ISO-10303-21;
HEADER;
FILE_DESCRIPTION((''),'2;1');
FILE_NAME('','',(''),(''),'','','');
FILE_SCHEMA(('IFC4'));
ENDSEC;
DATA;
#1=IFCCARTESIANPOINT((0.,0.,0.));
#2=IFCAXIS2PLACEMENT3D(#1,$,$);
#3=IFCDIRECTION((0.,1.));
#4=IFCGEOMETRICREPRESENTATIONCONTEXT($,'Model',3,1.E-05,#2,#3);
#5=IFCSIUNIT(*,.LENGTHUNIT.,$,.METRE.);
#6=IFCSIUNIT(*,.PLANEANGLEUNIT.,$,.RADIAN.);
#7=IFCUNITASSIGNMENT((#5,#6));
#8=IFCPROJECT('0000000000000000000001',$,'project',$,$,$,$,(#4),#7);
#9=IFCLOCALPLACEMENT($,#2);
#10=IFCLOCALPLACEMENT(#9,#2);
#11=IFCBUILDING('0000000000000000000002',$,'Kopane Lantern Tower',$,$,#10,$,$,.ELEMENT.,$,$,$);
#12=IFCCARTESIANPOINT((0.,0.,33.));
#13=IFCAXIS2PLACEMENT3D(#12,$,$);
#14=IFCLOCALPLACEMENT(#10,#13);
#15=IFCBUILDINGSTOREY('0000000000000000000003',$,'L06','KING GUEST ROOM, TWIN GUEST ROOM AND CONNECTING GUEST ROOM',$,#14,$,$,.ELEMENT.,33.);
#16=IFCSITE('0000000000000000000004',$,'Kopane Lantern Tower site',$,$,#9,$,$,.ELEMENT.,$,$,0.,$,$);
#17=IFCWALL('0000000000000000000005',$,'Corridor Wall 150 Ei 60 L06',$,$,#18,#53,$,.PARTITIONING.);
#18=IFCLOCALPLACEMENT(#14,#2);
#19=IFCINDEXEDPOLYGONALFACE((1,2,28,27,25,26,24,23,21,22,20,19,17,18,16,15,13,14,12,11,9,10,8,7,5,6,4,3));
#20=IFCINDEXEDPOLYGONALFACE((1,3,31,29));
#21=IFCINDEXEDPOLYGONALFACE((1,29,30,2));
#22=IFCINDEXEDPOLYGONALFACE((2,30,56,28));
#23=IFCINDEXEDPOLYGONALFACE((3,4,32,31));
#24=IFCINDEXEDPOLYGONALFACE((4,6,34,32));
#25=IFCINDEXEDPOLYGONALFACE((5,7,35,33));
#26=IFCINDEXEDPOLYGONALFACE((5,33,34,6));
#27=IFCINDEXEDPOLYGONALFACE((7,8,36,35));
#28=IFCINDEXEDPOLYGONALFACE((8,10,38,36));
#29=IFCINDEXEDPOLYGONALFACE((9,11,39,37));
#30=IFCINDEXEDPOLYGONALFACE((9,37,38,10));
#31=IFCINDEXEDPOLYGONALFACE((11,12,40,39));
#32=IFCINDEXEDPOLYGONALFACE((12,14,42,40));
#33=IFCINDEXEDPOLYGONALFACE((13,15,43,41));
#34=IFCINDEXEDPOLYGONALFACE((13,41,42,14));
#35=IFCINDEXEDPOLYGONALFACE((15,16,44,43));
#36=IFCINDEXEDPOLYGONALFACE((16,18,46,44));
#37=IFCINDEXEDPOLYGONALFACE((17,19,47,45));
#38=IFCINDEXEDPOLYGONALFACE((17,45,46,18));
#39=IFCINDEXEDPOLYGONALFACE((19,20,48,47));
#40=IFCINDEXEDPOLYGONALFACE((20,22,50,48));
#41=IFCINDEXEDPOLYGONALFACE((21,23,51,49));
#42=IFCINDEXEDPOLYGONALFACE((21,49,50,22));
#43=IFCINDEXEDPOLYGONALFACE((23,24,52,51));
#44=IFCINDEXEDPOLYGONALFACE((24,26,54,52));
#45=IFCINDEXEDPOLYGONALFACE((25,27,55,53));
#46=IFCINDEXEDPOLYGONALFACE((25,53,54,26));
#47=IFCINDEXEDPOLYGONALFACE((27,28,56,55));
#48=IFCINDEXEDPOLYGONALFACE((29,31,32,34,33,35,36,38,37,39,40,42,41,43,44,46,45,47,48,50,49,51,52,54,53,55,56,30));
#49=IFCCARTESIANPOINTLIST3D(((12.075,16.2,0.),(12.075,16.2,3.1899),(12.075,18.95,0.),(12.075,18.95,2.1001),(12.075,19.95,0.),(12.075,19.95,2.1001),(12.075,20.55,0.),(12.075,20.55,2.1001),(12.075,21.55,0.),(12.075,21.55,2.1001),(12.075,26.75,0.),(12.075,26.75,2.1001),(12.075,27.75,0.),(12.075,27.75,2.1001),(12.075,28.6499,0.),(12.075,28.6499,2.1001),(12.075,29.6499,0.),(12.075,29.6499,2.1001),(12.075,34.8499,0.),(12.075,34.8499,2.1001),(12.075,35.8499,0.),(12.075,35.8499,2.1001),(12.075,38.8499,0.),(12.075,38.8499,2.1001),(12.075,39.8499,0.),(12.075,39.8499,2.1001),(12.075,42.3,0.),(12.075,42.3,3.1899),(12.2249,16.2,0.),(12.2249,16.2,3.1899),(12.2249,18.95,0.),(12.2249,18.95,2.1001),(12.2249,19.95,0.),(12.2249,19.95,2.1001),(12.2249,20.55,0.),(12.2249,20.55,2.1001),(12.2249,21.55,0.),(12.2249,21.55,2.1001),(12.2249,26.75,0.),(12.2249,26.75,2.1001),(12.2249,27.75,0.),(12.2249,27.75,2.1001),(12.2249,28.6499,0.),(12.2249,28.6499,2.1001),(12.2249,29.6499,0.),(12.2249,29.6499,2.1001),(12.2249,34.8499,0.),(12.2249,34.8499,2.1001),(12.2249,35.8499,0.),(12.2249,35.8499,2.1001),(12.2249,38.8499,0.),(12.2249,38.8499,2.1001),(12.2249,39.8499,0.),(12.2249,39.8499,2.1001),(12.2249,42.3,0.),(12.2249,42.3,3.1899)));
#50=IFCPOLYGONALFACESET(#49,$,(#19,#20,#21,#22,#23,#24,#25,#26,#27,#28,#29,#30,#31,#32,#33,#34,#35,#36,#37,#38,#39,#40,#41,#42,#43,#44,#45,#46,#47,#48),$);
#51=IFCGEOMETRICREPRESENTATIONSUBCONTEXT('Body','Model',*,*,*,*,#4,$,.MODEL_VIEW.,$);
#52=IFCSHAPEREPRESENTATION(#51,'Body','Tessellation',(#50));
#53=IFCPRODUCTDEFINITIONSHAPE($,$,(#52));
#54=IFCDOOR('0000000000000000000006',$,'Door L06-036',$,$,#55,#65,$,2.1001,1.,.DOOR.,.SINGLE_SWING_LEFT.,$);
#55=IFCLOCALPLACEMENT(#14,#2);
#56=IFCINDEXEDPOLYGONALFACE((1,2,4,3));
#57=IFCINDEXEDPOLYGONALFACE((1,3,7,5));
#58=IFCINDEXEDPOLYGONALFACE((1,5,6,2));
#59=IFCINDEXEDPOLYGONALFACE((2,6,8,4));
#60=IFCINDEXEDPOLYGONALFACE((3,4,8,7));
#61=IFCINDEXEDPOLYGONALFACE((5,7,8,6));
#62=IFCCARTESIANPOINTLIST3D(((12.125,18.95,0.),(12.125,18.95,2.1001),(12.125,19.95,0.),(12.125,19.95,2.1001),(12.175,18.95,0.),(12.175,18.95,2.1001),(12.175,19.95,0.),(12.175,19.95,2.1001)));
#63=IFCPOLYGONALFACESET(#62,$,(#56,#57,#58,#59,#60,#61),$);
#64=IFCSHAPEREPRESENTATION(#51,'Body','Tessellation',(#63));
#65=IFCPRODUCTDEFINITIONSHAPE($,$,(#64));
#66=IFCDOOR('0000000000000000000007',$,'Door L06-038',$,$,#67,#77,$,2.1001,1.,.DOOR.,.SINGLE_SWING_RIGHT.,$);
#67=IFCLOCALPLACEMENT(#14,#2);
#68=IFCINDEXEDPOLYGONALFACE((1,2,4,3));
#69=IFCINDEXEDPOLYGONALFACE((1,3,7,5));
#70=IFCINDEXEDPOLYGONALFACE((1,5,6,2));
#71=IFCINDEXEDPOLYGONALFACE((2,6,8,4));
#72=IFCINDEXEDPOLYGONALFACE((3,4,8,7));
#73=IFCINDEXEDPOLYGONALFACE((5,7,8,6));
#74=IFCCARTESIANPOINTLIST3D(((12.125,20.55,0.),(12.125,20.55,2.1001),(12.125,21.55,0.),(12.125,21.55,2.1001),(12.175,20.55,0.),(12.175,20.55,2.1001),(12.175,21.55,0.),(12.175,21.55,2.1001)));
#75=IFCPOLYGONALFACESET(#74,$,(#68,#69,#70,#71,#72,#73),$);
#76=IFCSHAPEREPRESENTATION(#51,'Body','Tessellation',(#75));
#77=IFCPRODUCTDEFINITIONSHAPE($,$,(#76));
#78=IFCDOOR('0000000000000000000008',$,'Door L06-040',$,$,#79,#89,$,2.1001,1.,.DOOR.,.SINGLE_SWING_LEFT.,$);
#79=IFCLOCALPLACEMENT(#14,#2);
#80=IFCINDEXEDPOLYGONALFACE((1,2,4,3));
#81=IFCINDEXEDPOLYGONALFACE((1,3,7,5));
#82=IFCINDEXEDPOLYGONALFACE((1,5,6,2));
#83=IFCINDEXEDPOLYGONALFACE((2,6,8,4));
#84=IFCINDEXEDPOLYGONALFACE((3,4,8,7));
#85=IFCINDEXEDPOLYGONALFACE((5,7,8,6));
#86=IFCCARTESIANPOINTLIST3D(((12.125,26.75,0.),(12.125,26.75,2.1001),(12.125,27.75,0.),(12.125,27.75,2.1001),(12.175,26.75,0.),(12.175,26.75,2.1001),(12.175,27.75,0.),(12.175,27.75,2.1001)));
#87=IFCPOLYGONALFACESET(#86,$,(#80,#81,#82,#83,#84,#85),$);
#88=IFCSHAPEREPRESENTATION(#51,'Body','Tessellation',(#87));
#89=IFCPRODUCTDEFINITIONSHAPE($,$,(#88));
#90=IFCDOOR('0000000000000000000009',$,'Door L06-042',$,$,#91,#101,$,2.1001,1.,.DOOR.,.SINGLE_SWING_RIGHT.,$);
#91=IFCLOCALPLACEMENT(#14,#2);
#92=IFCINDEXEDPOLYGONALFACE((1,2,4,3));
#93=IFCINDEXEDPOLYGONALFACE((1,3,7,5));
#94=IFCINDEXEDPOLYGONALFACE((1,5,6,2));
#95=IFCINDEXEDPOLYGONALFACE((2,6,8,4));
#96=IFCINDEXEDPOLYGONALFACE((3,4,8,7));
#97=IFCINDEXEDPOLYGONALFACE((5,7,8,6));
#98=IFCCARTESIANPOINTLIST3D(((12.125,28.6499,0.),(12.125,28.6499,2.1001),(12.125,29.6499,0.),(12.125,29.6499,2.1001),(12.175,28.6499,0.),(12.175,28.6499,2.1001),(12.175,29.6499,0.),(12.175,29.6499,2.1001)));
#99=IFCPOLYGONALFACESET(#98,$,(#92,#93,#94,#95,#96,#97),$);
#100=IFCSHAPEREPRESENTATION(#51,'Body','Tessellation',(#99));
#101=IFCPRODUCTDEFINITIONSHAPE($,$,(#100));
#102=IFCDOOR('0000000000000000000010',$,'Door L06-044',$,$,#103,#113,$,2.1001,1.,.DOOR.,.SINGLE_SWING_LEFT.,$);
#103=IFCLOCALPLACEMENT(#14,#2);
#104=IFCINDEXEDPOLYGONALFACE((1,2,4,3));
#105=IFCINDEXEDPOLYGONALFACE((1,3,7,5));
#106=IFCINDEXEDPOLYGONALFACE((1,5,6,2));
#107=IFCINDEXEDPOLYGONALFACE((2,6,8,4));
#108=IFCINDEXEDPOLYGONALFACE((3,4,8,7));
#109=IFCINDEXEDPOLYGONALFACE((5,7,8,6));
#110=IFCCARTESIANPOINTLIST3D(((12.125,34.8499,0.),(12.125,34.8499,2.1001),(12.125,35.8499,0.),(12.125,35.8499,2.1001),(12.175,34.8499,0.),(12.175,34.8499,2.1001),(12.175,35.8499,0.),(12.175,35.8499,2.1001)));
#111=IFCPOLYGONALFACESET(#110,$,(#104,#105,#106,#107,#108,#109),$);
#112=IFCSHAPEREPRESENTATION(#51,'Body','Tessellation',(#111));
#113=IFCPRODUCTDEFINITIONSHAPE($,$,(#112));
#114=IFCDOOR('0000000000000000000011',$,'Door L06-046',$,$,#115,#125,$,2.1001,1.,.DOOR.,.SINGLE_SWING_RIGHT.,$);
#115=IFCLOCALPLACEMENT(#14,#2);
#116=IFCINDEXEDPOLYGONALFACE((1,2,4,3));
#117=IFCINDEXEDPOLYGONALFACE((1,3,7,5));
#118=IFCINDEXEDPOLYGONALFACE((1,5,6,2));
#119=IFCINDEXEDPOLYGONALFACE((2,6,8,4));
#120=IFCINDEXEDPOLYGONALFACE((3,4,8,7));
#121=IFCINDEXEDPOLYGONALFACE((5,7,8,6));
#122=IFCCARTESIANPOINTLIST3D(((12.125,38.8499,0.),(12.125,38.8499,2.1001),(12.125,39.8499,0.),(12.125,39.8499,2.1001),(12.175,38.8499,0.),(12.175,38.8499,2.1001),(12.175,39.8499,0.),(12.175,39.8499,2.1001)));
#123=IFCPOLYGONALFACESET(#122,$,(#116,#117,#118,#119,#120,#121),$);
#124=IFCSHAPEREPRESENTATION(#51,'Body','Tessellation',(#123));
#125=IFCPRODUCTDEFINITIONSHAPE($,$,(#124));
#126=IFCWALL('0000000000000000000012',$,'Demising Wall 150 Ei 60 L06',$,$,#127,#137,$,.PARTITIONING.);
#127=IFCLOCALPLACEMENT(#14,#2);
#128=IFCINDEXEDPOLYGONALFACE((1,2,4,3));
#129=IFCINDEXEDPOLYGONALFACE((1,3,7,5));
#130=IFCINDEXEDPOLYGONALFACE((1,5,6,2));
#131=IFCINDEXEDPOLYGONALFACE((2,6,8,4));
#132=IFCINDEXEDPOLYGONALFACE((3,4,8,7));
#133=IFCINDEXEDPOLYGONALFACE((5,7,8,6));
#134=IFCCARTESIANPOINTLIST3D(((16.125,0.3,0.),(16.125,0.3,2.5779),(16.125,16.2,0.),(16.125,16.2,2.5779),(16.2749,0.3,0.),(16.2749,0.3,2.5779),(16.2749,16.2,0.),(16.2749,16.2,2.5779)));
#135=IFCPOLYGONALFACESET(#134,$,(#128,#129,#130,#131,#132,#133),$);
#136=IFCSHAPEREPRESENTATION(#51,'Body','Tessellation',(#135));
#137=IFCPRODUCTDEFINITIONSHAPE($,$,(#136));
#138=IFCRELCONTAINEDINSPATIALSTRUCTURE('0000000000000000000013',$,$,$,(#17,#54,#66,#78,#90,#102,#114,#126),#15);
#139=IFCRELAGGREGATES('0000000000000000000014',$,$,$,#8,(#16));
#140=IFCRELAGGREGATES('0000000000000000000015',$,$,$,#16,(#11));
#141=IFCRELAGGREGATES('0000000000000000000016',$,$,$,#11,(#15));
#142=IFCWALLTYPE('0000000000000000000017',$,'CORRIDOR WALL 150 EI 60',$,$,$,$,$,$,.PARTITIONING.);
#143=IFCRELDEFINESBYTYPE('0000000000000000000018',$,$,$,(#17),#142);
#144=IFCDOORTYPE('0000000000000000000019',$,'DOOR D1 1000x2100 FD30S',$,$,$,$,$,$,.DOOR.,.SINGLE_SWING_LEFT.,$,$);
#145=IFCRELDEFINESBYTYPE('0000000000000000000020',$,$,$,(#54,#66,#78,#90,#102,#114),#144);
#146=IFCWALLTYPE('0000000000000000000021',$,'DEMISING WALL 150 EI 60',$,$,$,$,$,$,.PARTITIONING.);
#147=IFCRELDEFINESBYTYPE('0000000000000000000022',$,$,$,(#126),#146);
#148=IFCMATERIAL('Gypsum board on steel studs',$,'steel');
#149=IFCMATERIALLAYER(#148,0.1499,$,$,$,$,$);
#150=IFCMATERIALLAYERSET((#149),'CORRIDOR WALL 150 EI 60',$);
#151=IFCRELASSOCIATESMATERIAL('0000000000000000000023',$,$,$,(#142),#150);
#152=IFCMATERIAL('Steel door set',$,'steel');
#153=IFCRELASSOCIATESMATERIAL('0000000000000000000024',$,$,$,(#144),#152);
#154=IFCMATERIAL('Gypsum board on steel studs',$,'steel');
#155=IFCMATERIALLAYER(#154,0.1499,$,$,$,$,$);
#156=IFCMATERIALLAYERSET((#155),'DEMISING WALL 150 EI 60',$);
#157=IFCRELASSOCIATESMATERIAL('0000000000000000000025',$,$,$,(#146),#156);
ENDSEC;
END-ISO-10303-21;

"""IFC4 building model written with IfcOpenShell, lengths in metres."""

from ifc_helpers import new_model, si_unit, direction, frame, frame_2d, origin, place, context, subcontext, project, spatial, rectangle, extrude, material, layer, layer_set, type_object, element, fill, save


model = new_model("IFC4")

# Units and contexts
model_context = context("Model", 3, precision=1e-05, world=origin(), true_north=direction((0.0, 1.0)))
body_context = subcontext(model_context, "Body", "Model", "MODEL_VIEW")
ifc_project = project(units=[si_unit("LENGTHUNIT", "METRE"), si_unit("PLANEANGLEUNIT", "RADIAN")], contexts=[model_context])

# Site, building, storey
site_placement = place(None, origin())
site = spatial("IfcSite", under=ifc_project, at=site_placement, Name="Kopane Lantern Tower site", CompositionType="ELEMENT", RefElevation=0.0)
building_placement = place(site_placement, origin())
building = spatial("IfcBuilding", under=site, at=building_placement, Name="Kopane Lantern Tower", CompositionType="ELEMENT")
storey_placement = place(building_placement, frame((0.0, 0.0, 33.0)))
storey = spatial("IfcBuildingStorey", under=building, at=storey_placement, Name="L06", Description="KING GUEST ROOM, TWIN GUEST ROOM AND CONNECTING GUEST ROOM", CompositionType="ELEMENT", Elevation=33.0)

# Wall, openings, doors
ifc_material_1 = material(Name="Gypsum board on steel studs", Category="steel")
ifc_layer_1 = layer(ifc_material_1, 0.1499)
ifc_layer_set_1 = layer_set([ifc_layer_1], Name="CORRIDOR WALL 150 EI 60")
wall_type_1 = type_object("IfcWallType", Name="CORRIDOR WALL 150 EI 60", PredefinedType="PARTITIONING", material=ifc_layer_set_1)
ifc_material_2 = material(Name="Steel door set", Category="steel")
door_type = type_object("IfcDoorType", Name="DOOR D1 1000x2100 FD30S", OperationType="SINGLE_SWING_LEFT", PredefinedType="DOOR", material=ifc_material_2)
wall_1_placement = place(storey_placement, frame((12.1499, 16.2, 0.0), z_axis=(0.0, 0.0, 1.0), x_axis=(0.0, 1.0, 0.0)))
wall_1 = element("IfcWall", 1, at=wall_1_placement, inside=storey, type_object=wall_type_1, Name="Corridor Wall 150 Ei 60 L06", PredefinedType="PARTITIONING", context=body_context, shape_type="SweptSolid", body=[
    extrude(rectangle(XDim=26.1001, YDim=0.1499, at=frame_2d((13.05, 0.0))), origin(), (0.0, 0.0, 1.0), 3.1899),
])
opening_1_placement = place(wall_1_placement, frame((2.75, 0.0, 0.0)))
opening_1 = element("IfcOpeningElement", 2, at=opening_1_placement, cuts=wall_1, PredefinedType="OPENING", context=body_context, shape_type="SweptSolid", body=[
    extrude(rectangle(XDim=1.0, YDim=2.1001, at=frame_2d((0.5, 1.05))), frame((0.0, 0.085, 0.0), z_axis=(0.0, -1.0, 0.0), x_axis=(1.0, 0.0, 0.0)), (0.0, 0.0, 1.0), 0.1699),
])
opening_2_placement = place(wall_1_placement, frame((4.3501, 0.0, 0.0)))
opening_2 = element("IfcOpeningElement", 3, at=opening_2_placement, cuts=wall_1, PredefinedType="OPENING", context=body_context, shape_type="SweptSolid", body=[
    extrude(rectangle(XDim=1.0, YDim=2.1001, at=frame_2d((0.5, 1.05))), frame((0.0, 0.085, 0.0), z_axis=(0.0, -1.0, 0.0), x_axis=(1.0, 0.0, 0.0)), (0.0, 0.0, 1.0), 0.1699),
])
opening_3_placement = place(wall_1_placement, frame((10.55, 0.0, 0.0)))
opening_3 = element("IfcOpeningElement", 4, at=opening_3_placement, cuts=wall_1, PredefinedType="OPENING", context=body_context, shape_type="SweptSolid", body=[
    extrude(rectangle(XDim=1.0, YDim=2.1001, at=frame_2d((0.5, 1.05))), frame((0.0, 0.085, 0.0), z_axis=(0.0, -1.0, 0.0), x_axis=(1.0, 0.0, 0.0)), (0.0, 0.0, 1.0), 0.1699),
])
opening_4_placement = place(wall_1_placement, frame((12.45, 0.0, 0.0)))
opening_4 = element("IfcOpeningElement", 5, at=opening_4_placement, cuts=wall_1, PredefinedType="OPENING", context=body_context, shape_type="SweptSolid", body=[
    extrude(rectangle(XDim=1.0, YDim=2.1001, at=frame_2d((0.5, 1.05))), frame((0.0, 0.085, 0.0), z_axis=(0.0, -1.0, 0.0), x_axis=(1.0, 0.0, 0.0)), (0.0, 0.0, 1.0), 0.1699),
])
opening_5_placement = place(wall_1_placement, frame((18.6499, 0.0, 0.0)))
opening_5 = element("IfcOpeningElement", 6, at=opening_5_placement, cuts=wall_1, PredefinedType="OPENING", context=body_context, shape_type="SweptSolid", body=[
    extrude(rectangle(XDim=1.0, YDim=2.1001, at=frame_2d((0.5, 1.05))), frame((0.0, 0.085, 0.0), z_axis=(0.0, -1.0, 0.0), x_axis=(1.0, 0.0, 0.0)), (0.0, 0.0, 1.0), 0.1699),
])
opening_6_placement = place(wall_1_placement, frame((22.6499, 0.0, 0.0)))
opening_6 = element("IfcOpeningElement", 7, at=opening_6_placement, cuts=wall_1, PredefinedType="OPENING", context=body_context, shape_type="SweptSolid", body=[
    extrude(rectangle(XDim=1.0, YDim=2.1001, at=frame_2d((0.5, 1.05))), frame((0.0, 0.085, 0.0), z_axis=(0.0, -1.0, 0.0), x_axis=(1.0, 0.0, 0.0)), (0.0, 0.0, 1.0), 0.1699),
])
door_1_placement = place(opening_1_placement, origin())
door_1 = element("IfcDoor", 8, at=door_1_placement, inside=storey, type_object=door_type, Name="Door L06-036", OperationType="SINGLE_SWING_LEFT", OverallHeight=2.1001, OverallWidth=1.0, PredefinedType="DOOR", context=body_context, shape_type="SweptSolid", body=[
    extrude(rectangle(XDim=1.0, YDim=2.1001, at=frame_2d((0.5, 1.05))), frame((0.0, 0.0249, 0.0), z_axis=(0.0, -1.0, 0.0), x_axis=(1.0, 0.0, 0.0)), (0.0, 0.0, 1.0), 0.05),
])
fill(opening_1, door_1)
door_2_placement = place(opening_2_placement, origin())
door_2 = element("IfcDoor", 9, at=door_2_placement, inside=storey, type_object=door_type, Name="Door L06-038", OperationType="SINGLE_SWING_RIGHT", OverallHeight=2.1001, OverallWidth=1.0, PredefinedType="DOOR", context=body_context, shape_type="SweptSolid", body=[
    extrude(rectangle(XDim=1.0, YDim=2.1001, at=frame_2d((0.5, 1.05))), frame((0.0, 0.0249, 0.0), z_axis=(0.0, -1.0, 0.0), x_axis=(1.0, 0.0, 0.0)), (0.0, 0.0, 1.0), 0.05),
])
fill(opening_2, door_2)
door_3_placement = place(opening_3_placement, origin())
door_3 = element("IfcDoor", 10, at=door_3_placement, inside=storey, type_object=door_type, Name="Door L06-040", OperationType="SINGLE_SWING_LEFT", OverallHeight=2.1001, OverallWidth=1.0, PredefinedType="DOOR", context=body_context, shape_type="SweptSolid", body=[
    extrude(rectangle(XDim=1.0, YDim=2.1001, at=frame_2d((0.5, 1.05))), frame((0.0, 0.0249, 0.0), z_axis=(0.0, -1.0, 0.0), x_axis=(1.0, 0.0, 0.0)), (0.0, 0.0, 1.0), 0.05),
])
fill(opening_3, door_3)
door_4_placement = place(opening_4_placement, origin())
door_4 = element("IfcDoor", 11, at=door_4_placement, inside=storey, type_object=door_type, Name="Door L06-042", OperationType="SINGLE_SWING_RIGHT", OverallHeight=2.1001, OverallWidth=1.0, PredefinedType="DOOR", context=body_context, shape_type="SweptSolid", body=[
    extrude(rectangle(XDim=1.0, YDim=2.1001, at=frame_2d((0.5, 1.05))), frame((0.0, 0.0249, 0.0), z_axis=(0.0, -1.0, 0.0), x_axis=(1.0, 0.0, 0.0)), (0.0, 0.0, 1.0), 0.05),
])
fill(opening_4, door_4)
door_5_placement = place(opening_5_placement, origin())
door_5 = element("IfcDoor", 12, at=door_5_placement, inside=storey, type_object=door_type, Name="Door L06-044", OperationType="SINGLE_SWING_LEFT", OverallHeight=2.1001, OverallWidth=1.0, PredefinedType="DOOR", context=body_context, shape_type="SweptSolid", body=[
    extrude(rectangle(XDim=1.0, YDim=2.1001, at=frame_2d((0.5, 1.05))), frame((0.0, 0.0249, 0.0), z_axis=(0.0, -1.0, 0.0), x_axis=(1.0, 0.0, 0.0)), (0.0, 0.0, 1.0), 0.05),
])
fill(opening_5, door_5)
door_6_placement = place(opening_6_placement, origin())
door_6 = element("IfcDoor", 13, at=door_6_placement, inside=storey, type_object=door_type, Name="Door L06-046", OperationType="SINGLE_SWING_RIGHT", OverallHeight=2.1001, OverallWidth=1.0, PredefinedType="DOOR", context=body_context, shape_type="SweptSolid", body=[
    extrude(rectangle(XDim=1.0, YDim=2.1001, at=frame_2d((0.5, 1.05))), frame((0.0, 0.0249, 0.0), z_axis=(0.0, -1.0, 0.0), x_axis=(1.0, 0.0, 0.0)), (0.0, 0.0, 1.0), 0.05),
])
fill(opening_6, door_6)

# Wall
ifc_material_3 = material(Name="Gypsum board on steel studs", Category="steel")
ifc_layer_2 = layer(ifc_material_3, 0.1499)
ifc_layer_set_2 = layer_set([ifc_layer_2], Name="DEMISING WALL 150 EI 60")
wall_type_2 = type_object("IfcWallType", Name="DEMISING WALL 150 EI 60", PredefinedType="PARTITIONING", material=ifc_layer_set_2)
wall_2_placement = place(storey_placement, frame((16.2, 16.2, 0.0), z_axis=(0.0, 0.0, 1.0), x_axis=(0.0, -1.0, 0.0)))
element("IfcWall", 14, at=wall_2_placement, inside=storey, type_object=wall_type_2, Name="Demising Wall 150 Ei 60 L06", PredefinedType="PARTITIONING", context=body_context, shape_type="SweptSolid", body=[
    extrude(rectangle(XDim=15.8999, YDim=0.1499, at=frame_2d((7.95, 0.0))), origin(), (0.0, 0.0, 1.0), 2.5779),
])

save(model, "model.ifc")
